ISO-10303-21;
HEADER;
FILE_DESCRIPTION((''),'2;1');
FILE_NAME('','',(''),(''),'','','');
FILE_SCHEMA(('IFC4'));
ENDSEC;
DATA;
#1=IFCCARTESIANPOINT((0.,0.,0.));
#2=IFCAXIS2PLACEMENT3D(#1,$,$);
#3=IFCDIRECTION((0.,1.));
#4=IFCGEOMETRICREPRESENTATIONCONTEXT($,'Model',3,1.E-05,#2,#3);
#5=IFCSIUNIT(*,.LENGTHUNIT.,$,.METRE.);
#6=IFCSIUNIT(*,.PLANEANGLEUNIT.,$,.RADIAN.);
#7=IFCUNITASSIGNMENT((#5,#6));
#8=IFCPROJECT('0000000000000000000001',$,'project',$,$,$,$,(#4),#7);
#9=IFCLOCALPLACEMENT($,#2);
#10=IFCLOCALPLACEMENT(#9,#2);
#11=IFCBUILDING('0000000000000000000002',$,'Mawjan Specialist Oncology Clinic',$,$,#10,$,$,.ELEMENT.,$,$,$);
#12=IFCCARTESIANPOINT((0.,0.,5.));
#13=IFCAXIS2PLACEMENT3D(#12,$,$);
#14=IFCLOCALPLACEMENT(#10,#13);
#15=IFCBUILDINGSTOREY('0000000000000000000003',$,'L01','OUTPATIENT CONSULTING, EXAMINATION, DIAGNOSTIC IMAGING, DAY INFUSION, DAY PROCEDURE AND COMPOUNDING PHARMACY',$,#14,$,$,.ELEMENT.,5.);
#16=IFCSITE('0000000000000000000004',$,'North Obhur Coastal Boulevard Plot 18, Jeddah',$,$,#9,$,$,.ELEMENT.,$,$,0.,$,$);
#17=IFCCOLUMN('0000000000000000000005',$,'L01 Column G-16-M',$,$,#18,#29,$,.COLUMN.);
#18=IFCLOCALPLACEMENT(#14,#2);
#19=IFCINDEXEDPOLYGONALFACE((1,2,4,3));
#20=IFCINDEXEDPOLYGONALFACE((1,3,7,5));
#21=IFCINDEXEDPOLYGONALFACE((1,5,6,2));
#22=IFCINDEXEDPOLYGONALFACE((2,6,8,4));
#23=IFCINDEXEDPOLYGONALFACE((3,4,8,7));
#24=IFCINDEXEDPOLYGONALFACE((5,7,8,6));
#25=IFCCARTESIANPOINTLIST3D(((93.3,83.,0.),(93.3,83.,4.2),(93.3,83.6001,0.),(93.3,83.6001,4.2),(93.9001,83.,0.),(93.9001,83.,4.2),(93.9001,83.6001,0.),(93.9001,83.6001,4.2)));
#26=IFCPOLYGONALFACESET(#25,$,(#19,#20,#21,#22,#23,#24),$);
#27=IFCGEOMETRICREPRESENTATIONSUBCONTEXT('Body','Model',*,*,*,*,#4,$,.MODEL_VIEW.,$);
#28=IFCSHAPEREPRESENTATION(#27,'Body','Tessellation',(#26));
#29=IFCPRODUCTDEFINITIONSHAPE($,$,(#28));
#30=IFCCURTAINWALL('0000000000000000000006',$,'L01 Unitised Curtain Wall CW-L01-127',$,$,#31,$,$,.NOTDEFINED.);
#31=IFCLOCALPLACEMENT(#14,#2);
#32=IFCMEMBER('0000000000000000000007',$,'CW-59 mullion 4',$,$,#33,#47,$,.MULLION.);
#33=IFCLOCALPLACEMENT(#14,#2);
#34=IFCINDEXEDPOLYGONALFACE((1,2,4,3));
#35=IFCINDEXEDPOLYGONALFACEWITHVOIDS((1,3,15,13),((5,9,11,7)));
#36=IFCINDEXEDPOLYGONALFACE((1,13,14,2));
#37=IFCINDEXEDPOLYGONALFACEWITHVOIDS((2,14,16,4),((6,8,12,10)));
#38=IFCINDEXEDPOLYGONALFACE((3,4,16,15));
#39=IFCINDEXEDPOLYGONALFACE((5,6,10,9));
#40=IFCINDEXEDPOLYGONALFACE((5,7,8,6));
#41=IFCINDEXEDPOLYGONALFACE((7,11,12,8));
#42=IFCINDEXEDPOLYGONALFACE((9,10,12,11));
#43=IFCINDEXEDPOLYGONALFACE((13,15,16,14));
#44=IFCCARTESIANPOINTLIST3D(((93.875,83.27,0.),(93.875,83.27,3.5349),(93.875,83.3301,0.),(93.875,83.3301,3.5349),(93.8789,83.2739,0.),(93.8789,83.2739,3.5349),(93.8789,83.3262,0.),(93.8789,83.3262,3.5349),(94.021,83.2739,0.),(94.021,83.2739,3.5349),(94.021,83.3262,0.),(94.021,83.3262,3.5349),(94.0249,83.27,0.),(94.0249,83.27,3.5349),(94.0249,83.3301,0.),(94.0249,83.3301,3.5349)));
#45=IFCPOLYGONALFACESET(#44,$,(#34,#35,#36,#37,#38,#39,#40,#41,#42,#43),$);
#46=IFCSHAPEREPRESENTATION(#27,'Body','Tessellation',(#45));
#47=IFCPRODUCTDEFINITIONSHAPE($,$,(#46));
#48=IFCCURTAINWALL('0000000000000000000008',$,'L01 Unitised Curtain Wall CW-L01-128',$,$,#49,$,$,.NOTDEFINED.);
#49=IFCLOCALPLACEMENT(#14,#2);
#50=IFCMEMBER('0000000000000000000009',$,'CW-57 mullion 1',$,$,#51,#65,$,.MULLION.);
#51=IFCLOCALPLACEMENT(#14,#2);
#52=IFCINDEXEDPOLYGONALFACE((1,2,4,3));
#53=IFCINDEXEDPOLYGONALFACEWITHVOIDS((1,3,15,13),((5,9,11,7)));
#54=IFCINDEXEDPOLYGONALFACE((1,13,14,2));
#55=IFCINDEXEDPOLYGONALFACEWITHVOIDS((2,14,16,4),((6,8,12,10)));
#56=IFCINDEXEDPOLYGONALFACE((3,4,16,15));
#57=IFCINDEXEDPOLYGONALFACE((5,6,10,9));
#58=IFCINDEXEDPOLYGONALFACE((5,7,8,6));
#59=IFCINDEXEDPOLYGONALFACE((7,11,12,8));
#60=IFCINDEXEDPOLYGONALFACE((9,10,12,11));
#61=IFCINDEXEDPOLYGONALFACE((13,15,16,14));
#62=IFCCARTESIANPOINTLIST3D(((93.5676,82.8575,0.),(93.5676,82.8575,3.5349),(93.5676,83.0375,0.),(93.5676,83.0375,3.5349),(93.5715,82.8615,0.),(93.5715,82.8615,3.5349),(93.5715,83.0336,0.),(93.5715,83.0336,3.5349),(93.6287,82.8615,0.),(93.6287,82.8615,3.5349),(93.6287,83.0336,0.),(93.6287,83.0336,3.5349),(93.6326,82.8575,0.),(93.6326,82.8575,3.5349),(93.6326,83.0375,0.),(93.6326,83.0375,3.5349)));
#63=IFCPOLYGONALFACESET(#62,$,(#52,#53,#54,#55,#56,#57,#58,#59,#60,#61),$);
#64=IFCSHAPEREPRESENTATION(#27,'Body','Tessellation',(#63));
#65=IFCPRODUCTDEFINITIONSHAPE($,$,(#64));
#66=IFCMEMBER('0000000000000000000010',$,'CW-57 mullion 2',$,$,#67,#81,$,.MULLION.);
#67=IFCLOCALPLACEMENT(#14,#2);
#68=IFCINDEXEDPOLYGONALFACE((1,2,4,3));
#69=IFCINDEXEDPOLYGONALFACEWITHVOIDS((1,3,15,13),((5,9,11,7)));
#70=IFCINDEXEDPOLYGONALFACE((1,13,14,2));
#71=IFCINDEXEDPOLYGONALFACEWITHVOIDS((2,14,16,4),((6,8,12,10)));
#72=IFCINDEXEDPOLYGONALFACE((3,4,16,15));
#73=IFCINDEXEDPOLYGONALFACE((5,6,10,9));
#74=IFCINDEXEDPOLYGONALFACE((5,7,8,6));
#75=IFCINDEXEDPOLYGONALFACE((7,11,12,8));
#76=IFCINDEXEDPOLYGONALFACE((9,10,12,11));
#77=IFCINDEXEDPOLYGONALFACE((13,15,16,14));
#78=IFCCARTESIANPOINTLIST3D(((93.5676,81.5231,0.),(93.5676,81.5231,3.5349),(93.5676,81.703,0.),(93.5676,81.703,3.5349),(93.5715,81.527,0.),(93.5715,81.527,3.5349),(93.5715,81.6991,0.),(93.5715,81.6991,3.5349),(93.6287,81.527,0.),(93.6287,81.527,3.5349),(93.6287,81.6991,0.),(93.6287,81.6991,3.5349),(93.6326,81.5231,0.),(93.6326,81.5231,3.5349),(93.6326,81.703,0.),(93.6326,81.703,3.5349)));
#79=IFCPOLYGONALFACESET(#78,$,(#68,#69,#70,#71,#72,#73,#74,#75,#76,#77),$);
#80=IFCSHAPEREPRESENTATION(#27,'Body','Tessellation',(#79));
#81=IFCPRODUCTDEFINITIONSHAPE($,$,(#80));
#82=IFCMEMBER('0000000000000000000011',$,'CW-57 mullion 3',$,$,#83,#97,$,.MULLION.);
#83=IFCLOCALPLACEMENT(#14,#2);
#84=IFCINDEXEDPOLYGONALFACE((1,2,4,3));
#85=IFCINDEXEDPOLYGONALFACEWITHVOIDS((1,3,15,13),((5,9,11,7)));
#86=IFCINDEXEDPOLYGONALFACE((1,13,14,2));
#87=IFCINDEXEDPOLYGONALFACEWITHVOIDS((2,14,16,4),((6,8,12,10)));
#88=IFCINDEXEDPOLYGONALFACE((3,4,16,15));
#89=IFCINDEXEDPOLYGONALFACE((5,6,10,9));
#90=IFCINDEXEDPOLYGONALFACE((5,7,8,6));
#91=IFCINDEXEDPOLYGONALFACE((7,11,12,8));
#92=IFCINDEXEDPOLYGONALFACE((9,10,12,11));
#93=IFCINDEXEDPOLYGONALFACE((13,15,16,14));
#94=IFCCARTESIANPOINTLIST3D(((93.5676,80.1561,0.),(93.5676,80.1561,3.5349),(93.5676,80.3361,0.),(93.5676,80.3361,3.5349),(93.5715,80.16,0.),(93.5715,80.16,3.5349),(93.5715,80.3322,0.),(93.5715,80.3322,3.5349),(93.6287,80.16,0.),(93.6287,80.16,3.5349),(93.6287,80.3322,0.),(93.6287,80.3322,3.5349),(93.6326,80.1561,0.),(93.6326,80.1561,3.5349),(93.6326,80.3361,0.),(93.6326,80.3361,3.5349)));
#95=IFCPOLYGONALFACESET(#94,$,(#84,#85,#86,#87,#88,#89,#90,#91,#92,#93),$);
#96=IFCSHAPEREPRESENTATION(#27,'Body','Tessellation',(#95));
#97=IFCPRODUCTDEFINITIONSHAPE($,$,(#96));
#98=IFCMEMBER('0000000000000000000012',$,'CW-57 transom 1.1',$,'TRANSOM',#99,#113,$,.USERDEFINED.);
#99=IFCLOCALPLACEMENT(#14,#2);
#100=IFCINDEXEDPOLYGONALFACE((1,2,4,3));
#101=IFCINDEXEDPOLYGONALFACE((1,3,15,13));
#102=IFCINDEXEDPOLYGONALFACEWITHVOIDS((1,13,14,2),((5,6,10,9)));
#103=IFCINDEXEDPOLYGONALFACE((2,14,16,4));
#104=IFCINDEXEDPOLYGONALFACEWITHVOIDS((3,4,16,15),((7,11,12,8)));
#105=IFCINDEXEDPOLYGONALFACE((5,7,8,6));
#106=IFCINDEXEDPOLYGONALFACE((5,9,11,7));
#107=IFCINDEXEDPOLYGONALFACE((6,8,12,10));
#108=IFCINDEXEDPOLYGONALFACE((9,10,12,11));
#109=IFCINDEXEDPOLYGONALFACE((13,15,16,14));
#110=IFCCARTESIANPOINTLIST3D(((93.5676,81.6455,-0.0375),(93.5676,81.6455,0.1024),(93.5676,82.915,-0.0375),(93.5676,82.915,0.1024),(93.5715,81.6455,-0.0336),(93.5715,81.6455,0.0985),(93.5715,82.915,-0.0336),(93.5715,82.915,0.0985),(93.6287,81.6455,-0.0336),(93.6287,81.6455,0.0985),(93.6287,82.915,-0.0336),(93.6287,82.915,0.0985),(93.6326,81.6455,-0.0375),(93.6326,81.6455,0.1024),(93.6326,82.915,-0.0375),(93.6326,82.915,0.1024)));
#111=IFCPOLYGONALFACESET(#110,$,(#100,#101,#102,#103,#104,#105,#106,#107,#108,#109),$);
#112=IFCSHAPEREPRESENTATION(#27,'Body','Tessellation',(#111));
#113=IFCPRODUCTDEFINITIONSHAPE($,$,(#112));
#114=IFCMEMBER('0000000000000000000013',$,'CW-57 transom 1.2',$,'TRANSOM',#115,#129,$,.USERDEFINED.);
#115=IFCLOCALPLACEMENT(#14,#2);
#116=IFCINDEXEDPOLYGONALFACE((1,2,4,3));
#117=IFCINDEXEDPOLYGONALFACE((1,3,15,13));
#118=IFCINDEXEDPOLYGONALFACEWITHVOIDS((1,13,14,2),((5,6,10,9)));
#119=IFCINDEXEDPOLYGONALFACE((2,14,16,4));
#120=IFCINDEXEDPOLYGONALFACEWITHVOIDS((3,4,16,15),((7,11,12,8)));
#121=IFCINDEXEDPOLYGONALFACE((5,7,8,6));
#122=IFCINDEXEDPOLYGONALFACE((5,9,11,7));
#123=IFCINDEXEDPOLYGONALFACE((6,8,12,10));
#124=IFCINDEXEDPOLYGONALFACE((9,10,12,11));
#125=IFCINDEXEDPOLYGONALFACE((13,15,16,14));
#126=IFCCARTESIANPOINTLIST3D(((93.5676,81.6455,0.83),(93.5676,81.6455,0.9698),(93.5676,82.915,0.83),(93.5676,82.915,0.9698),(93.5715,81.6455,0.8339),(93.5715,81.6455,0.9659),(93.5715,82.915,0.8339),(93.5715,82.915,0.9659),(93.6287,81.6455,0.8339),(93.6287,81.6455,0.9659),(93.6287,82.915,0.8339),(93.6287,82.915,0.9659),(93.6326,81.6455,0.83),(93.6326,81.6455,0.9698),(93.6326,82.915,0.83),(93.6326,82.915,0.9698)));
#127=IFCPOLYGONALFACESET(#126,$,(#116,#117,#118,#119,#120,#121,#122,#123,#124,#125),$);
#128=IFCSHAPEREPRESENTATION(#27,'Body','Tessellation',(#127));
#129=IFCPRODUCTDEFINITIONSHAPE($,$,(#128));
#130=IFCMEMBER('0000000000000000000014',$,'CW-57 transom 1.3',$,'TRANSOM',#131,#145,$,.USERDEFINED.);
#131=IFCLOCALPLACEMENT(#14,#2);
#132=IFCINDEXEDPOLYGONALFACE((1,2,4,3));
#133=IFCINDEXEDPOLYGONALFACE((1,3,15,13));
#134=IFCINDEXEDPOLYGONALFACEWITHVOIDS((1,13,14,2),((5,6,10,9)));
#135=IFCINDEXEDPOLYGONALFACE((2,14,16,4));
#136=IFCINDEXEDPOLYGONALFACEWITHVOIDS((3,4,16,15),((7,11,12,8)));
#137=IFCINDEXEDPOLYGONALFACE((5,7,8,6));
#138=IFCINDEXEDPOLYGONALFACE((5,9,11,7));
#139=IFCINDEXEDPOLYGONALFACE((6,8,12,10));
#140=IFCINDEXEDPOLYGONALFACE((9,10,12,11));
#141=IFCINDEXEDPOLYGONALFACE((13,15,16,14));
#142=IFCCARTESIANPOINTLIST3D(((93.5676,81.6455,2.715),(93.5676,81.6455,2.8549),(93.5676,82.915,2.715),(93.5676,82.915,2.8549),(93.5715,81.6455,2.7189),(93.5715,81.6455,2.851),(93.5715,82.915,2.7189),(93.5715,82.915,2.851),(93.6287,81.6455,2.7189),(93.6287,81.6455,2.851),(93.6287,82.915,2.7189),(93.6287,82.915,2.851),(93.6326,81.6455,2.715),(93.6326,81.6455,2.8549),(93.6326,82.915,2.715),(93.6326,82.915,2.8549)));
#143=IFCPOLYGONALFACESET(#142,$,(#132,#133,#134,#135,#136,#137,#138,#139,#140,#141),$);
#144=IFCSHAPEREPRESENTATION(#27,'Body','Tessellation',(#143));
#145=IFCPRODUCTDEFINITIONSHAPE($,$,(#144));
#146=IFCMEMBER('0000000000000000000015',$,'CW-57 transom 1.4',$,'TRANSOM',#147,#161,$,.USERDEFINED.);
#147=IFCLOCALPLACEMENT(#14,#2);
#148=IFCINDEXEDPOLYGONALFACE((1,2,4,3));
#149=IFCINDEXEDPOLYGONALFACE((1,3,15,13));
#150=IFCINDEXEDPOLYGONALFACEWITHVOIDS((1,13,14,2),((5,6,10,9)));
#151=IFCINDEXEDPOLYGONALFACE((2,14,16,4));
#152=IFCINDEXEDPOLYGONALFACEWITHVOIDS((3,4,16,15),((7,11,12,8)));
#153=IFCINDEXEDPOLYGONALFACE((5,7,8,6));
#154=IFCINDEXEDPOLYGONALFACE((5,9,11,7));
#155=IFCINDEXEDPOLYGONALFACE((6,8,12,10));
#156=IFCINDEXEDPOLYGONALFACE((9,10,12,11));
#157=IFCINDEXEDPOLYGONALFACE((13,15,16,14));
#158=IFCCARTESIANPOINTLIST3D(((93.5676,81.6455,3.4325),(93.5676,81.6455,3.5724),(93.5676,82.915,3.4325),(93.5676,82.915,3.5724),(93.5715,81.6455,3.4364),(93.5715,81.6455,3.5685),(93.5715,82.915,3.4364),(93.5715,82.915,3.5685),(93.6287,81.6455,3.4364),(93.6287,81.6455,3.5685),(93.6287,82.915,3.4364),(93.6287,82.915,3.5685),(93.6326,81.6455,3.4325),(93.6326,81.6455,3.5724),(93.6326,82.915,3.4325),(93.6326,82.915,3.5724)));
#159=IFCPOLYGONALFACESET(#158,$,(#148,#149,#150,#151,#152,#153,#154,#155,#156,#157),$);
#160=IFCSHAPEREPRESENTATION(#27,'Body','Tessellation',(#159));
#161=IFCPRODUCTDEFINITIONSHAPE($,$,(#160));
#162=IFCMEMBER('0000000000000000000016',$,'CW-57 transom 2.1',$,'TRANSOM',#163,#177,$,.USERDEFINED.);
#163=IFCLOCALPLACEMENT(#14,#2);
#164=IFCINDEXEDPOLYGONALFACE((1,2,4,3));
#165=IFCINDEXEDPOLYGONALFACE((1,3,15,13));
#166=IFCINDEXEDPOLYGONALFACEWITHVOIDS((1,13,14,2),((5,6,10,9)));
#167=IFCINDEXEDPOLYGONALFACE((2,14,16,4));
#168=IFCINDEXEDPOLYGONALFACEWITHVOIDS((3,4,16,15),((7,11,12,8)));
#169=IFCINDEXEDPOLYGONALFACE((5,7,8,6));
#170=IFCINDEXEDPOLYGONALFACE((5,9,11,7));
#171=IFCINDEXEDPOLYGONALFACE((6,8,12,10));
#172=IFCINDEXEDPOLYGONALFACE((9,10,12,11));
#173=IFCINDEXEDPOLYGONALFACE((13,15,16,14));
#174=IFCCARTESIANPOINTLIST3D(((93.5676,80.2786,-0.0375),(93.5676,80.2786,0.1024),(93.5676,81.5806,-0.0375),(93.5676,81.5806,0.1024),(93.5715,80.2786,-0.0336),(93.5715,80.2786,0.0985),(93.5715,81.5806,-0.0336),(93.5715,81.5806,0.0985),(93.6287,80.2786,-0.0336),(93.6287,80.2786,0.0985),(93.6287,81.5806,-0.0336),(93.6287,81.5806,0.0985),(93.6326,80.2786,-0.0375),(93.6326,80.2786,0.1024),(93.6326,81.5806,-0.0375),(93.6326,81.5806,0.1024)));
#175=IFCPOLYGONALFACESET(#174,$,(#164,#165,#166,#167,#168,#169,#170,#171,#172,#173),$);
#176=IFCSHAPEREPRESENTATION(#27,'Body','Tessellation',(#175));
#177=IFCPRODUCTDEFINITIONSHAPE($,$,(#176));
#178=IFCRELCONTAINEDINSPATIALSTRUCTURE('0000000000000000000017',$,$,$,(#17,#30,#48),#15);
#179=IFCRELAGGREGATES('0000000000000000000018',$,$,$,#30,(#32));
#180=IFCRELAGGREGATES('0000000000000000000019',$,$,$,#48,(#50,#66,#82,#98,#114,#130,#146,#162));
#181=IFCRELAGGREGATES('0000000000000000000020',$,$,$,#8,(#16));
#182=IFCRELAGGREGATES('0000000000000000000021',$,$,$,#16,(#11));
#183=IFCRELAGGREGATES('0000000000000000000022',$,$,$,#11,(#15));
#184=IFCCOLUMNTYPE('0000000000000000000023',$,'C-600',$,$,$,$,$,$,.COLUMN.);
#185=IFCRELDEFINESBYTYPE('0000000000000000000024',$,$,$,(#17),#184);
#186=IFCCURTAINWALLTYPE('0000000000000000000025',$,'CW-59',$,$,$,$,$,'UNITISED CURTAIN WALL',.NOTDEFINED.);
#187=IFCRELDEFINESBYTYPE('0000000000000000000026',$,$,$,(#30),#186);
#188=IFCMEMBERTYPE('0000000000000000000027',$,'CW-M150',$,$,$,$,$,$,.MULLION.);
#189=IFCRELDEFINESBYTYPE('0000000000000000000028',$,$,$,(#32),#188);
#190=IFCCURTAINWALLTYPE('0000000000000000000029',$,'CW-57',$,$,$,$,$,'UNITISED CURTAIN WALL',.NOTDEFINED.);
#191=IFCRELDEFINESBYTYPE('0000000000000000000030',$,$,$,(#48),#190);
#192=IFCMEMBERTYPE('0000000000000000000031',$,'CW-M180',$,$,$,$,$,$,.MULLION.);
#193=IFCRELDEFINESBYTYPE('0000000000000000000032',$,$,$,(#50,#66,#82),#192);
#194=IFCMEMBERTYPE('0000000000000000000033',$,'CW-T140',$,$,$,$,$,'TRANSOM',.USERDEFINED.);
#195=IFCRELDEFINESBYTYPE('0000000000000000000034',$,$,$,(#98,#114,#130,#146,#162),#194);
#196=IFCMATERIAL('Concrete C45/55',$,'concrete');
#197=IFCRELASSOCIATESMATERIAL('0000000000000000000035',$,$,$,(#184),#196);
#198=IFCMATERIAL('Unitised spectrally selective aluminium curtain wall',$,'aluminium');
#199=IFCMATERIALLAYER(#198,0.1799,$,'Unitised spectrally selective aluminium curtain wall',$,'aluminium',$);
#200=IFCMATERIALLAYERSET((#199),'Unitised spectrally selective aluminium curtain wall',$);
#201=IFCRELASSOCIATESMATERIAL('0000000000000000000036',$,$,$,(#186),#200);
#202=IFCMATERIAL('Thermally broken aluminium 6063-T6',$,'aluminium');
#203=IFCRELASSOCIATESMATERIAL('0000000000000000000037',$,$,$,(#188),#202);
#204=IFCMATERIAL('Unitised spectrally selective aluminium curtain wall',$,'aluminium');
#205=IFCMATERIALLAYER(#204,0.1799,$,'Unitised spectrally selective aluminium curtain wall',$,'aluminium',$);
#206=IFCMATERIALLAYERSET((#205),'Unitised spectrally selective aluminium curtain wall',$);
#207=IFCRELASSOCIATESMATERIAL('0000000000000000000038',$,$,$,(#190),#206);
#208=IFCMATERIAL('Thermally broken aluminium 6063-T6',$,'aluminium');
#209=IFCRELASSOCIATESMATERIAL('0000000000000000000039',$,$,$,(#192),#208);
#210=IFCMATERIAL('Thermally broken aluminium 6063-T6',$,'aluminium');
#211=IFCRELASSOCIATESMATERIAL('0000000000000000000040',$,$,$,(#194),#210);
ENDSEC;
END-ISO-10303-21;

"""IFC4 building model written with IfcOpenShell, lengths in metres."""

from ifc_helpers import new_model, si_unit, direction, frame, origin, origin_2d, place, context, subcontext, project, spatial, rectangle, hollow_rectangle, extrude, material, layer, layer_set, material_profile, profile_set, type_object, element, aggregate, save


model = new_model("IFC4")

# Units and contexts
model_context = context("Model", 3, precision=1e-05, world=origin(), true_north=direction((0.0, 1.0)))
body_context = subcontext(model_context, "Body", "Model", "MODEL_VIEW")
ifc_project = project(units=[si_unit("LENGTHUNIT", "METRE"), si_unit("PLANEANGLEUNIT", "RADIAN")], contexts=[model_context])

# Site, building, storey
site_placement = place(None, origin())
site = spatial("IfcSite", under=ifc_project, at=site_placement, Name="North Obhur Coastal Boulevard Plot 18, Jeddah", CompositionType="ELEMENT", RefElevation=0.0)
building_placement = place(site_placement, origin())
building = spatial("IfcBuilding", under=site, at=building_placement, Name="Mawjan Specialist Oncology Clinic", CompositionType="ELEMENT")
storey_placement = place(building_placement, frame((0.0, 0.0, 5.0)))
storey = spatial("IfcBuildingStorey", under=building, at=storey_placement, Name="L01", Description="OUTPATIENT CONSULTING, EXAMINATION, DIAGNOSTIC IMAGING, DAY INFUSION, DAY PROCEDURE AND COMPOUNDING PHARMACY", CompositionType="ELEMENT", Elevation=5.0)

# Column
ifc_material_1 = material(Name="Concrete C45/55", Category="concrete")
ifc_material_profile_1 = material_profile(ifc_material_1, rectangle(XDim=0.6001, YDim=0.6001, at=origin_2d()), Name="RC COL 600x600", Category="concrete")
ifc_profile_set_1 = profile_set([ifc_material_profile_1], Name="Concrete C45/55")
column_type = type_object("IfcColumnType", Name="C-600", PredefinedType="COLUMN", material=ifc_profile_set_1)
column_placement = place(storey_placement, frame((93.6001, 83.3, 0.0), z_axis=(0.0, 0.0, 1.0), x_axis=(1.0, 0.0, 0.0)))
element("IfcColumn", 1, at=column_placement, inside=storey, type_object=column_type, Name="L01 Column G-16-M", PredefinedType="COLUMN", context=body_context, shape_type="SweptSolid", body=[
    extrude(rectangle(XDim=0.6001, YDim=0.6001, at=origin_2d()), origin(), (0.0, 0.0, 1.0), 4.2),
])

# Curtain wall, member
ifc_material_2 = material(Name="Unitised spectrally selective aluminium curtain wall", Category="aluminium")
ifc_layer_1 = layer(ifc_material_2, 0.1799, Name="Unitised spectrally selective aluminium curtain wall", Category="aluminium")
ifc_layer_set_1 = layer_set([ifc_layer_1], Name="Unitised spectrally selective aluminium curtain wall")
curtain_wall_type_1 = type_object("IfcCurtainWallType", Name="CW-59", ElementType="UNITISED CURTAIN WALL", PredefinedType="NOTDEFINED", material=ifc_layer_set_1)
curtain_wall_1_placement = place(storey_placement, origin())
curtain_wall_1 = element("IfcCurtainWall", 2, at=curtain_wall_1_placement, inside=storey, type_object=curtain_wall_type_1, Name="L01 Unitised Curtain Wall CW-L01-127", PredefinedType="NOTDEFINED")
ifc_material_3 = material(Name="Thermally broken aluminium 6063-T6", Category="aluminium")
ifc_material_profile_2 = material_profile(ifc_material_3, hollow_rectangle(XDim=0.0601, YDim=0.1499, WallThickness=0.0039, at=origin_2d()), Name="ALU MULLION 150x60x4", Category="aluminium")
ifc_profile_set_2 = profile_set([ifc_material_profile_2], Name="Thermally broken aluminium 6063-T6")
member_type_1 = type_object("IfcMemberType", Name="CW-M150", PredefinedType="MULLION", material=ifc_profile_set_2)
member_1_placement = place(storey_placement, frame((93.95, 83.3, 0.0), z_axis=(0.0, 0.0, 1.0), x_axis=(0.0, -1.0, 0.0)))
member_1 = element("IfcMember", 3, at=member_1_placement, type_object=member_type_1, Name="CW-59 mullion 4", PredefinedType="MULLION", context=body_context, shape_type="SweptSolid", body=[
    extrude(hollow_rectangle(XDim=0.0601, YDim=0.1499, WallThickness=0.0039, at=origin_2d()), origin(), (0.0, 0.0, 1.0), 3.5349),
])

# Curtain wall, members
ifc_material_4 = material(Name="Unitised spectrally selective aluminium curtain wall", Category="aluminium")
ifc_layer_2 = layer(ifc_material_4, 0.1799, Name="Unitised spectrally selective aluminium curtain wall", Category="aluminium")
ifc_layer_set_2 = layer_set([ifc_layer_2], Name="Unitised spectrally selective aluminium curtain wall")
curtain_wall_type_2 = type_object("IfcCurtainWallType", Name="CW-57", ElementType="UNITISED CURTAIN WALL", PredefinedType="NOTDEFINED", material=ifc_layer_set_2)
curtain_wall_2_placement = place(storey_placement, origin())
curtain_wall_2 = element("IfcCurtainWall", 4, at=curtain_wall_2_placement, inside=storey, type_object=curtain_wall_type_2, Name="L01 Unitised Curtain Wall CW-L01-128", PredefinedType="NOTDEFINED")
ifc_material_5 = material(Name="Thermally broken aluminium 6063-T6", Category="aluminium")
ifc_material_profile_3 = material_profile(ifc_material_5, hollow_rectangle(XDim=0.0649, YDim=0.1799, WallThickness=0.0039, at=origin_2d()), Name="ALU MULLION 180x65x4", Category="aluminium")
ifc_profile_set_3 = profile_set([ifc_material_profile_3], Name="Thermally broken aluminium 6063-T6")
member_type_2 = type_object("IfcMemberType", Name="CW-M180", PredefinedType="MULLION", material=ifc_profile_set_3)
member_2_placement = place(storey_placement, frame((93.6001, 82.9475, 0.0), z_axis=(0.0, 0.0, 1.0), x_axis=(1.0, 0.0, 0.0)))
member_2 = element("IfcMember", 5, at=member_2_placement, type_object=member_type_2, Name="CW-57 mullion 1", PredefinedType="MULLION", context=body_context, shape_type="SweptSolid", body=[
    extrude(hollow_rectangle(XDim=0.0649, YDim=0.1799, WallThickness=0.0039, at=origin_2d()), origin(), (0.0, 0.0, 1.0), 3.5349),
])
member_3_placement = place(storey_placement, frame((93.6001, 81.613, 0.0), z_axis=(0.0, 0.0, 1.0), x_axis=(1.0, 0.0, 0.0)))
member_3 = element("IfcMember", 6, at=member_3_placement, type_object=member_type_2, Name="CW-57 mullion 2", PredefinedType="MULLION", context=body_context, shape_type="SweptSolid", body=[
    extrude(hollow_rectangle(XDim=0.0649, YDim=0.1799, WallThickness=0.0039, at=origin_2d()), origin(), (0.0, 0.0, 1.0), 3.5349),
])
member_4_placement = place(storey_placement, frame((93.6001, 80.2461, 0.0), z_axis=(0.0, 0.0, 1.0), x_axis=(1.0, 0.0, 0.0)))
member_4 = element("IfcMember", 7, at=member_4_placement, type_object=member_type_2, Name="CW-57 mullion 3", PredefinedType="MULLION", context=body_context, shape_type="SweptSolid", body=[
    extrude(hollow_rectangle(XDim=0.0649, YDim=0.1799, WallThickness=0.0039, at=origin_2d()), origin(), (0.0, 0.0, 1.0), 3.5349),
])
ifc_material_6 = material(Name="Thermally broken aluminium 6063-T6", Category="aluminium")
ifc_material_profile_4 = material_profile(ifc_material_6, hollow_rectangle(XDim=0.0649, YDim=0.1399, WallThickness=0.0039, at=origin_2d()), Name="ALU TRANSOM 140x65x4", Category="aluminium")
ifc_profile_set_4 = profile_set([ifc_material_profile_4], Name="Thermally broken aluminium 6063-T6")
member_type_3 = type_object("IfcMemberType", Name="CW-T140", ElementType="TRANSOM", PredefinedType="USERDEFINED", material=ifc_profile_set_4)
member_5_placement = place(storey_placement, frame((93.6001, 82.915, 0.0325), z_axis=(0.0, -1.0, 0.0), x_axis=(1.0, 0.0, 0.0)))
member_5 = element("IfcMember", 8, at=member_5_placement, type_object=member_type_3, Name="CW-57 transom 1.1", ObjectType="TRANSOM", PredefinedType="USERDEFINED", context=body_context, shape_type="SweptSolid", body=[
    extrude(hollow_rectangle(XDim=0.0649, YDim=0.1399, WallThickness=0.0039, at=origin_2d()), origin(), (0.0, 0.0, 1.0), 1.2695),
])
member_6_placement = place(storey_placement, frame((93.6001, 82.915, 0.8999), z_axis=(0.0, -1.0, 0.0), x_axis=(1.0, 0.0, 0.0)))
member_6 = element("IfcMember", 9, at=member_6_placement, type_object=member_type_3, Name="CW-57 transom 1.2", ObjectType="TRANSOM", PredefinedType="USERDEFINED", context=body_context, shape_type="SweptSolid", body=[
    extrude(hollow_rectangle(XDim=0.0649, YDim=0.1399, WallThickness=0.0039, at=origin_2d()), origin(), (0.0, 0.0, 1.0), 1.2695),
])
member_7_placement = place(storey_placement, frame((93.6001, 82.915, 2.7849), z_axis=(0.0, -1.0, 0.0), x_axis=(1.0, 0.0, 0.0)))
member_7 = element("IfcMember", 10, at=member_7_placement, type_object=member_type_3, Name="CW-57 transom 1.3", ObjectType="TRANSOM", PredefinedType="USERDEFINED", context=body_context, shape_type="SweptSolid", body=[
    extrude(hollow_rectangle(XDim=0.0649, YDim=0.1399, WallThickness=0.0039, at=origin_2d()), origin(), (0.0, 0.0, 1.0), 1.2695),
])
member_8_placement = place(storey_placement, frame((93.6001, 82.915, 3.5024), z_axis=(0.0, -1.0, 0.0), x_axis=(1.0, 0.0, 0.0)))
member_8 = element("IfcMember", 11, at=member_8_placement, type_object=member_type_3, Name="CW-57 transom 1.4", ObjectType="TRANSOM", PredefinedType="USERDEFINED", context=body_context, shape_type="SweptSolid", body=[
    extrude(hollow_rectangle(XDim=0.0649, YDim=0.1399, WallThickness=0.0039, at=origin_2d()), origin(), (0.0, 0.0, 1.0), 1.2695),
])
member_9_placement = place(storey_placement, frame((93.6001, 81.5806, 0.0325), z_axis=(0.0, -1.0, 0.0), x_axis=(1.0, 0.0, 0.0)))
member_9 = element("IfcMember", 12, at=member_9_placement, type_object=member_type_3, Name="CW-57 transom 2.1", ObjectType="TRANSOM", PredefinedType="USERDEFINED", context=body_context, shape_type="SweptSolid", body=[
    extrude(hollow_rectangle(XDim=0.0649, YDim=0.1399, WallThickness=0.0039, at=origin_2d()), origin(), (0.0, 0.0, 1.0), 1.302),
])

aggregate(curtain_wall_1, [member_1])
aggregate(curtain_wall_2, [member_2, member_3, member_4, member_5, member_6, member_7, member_8, member_9])

save(model, "model.ifc")
